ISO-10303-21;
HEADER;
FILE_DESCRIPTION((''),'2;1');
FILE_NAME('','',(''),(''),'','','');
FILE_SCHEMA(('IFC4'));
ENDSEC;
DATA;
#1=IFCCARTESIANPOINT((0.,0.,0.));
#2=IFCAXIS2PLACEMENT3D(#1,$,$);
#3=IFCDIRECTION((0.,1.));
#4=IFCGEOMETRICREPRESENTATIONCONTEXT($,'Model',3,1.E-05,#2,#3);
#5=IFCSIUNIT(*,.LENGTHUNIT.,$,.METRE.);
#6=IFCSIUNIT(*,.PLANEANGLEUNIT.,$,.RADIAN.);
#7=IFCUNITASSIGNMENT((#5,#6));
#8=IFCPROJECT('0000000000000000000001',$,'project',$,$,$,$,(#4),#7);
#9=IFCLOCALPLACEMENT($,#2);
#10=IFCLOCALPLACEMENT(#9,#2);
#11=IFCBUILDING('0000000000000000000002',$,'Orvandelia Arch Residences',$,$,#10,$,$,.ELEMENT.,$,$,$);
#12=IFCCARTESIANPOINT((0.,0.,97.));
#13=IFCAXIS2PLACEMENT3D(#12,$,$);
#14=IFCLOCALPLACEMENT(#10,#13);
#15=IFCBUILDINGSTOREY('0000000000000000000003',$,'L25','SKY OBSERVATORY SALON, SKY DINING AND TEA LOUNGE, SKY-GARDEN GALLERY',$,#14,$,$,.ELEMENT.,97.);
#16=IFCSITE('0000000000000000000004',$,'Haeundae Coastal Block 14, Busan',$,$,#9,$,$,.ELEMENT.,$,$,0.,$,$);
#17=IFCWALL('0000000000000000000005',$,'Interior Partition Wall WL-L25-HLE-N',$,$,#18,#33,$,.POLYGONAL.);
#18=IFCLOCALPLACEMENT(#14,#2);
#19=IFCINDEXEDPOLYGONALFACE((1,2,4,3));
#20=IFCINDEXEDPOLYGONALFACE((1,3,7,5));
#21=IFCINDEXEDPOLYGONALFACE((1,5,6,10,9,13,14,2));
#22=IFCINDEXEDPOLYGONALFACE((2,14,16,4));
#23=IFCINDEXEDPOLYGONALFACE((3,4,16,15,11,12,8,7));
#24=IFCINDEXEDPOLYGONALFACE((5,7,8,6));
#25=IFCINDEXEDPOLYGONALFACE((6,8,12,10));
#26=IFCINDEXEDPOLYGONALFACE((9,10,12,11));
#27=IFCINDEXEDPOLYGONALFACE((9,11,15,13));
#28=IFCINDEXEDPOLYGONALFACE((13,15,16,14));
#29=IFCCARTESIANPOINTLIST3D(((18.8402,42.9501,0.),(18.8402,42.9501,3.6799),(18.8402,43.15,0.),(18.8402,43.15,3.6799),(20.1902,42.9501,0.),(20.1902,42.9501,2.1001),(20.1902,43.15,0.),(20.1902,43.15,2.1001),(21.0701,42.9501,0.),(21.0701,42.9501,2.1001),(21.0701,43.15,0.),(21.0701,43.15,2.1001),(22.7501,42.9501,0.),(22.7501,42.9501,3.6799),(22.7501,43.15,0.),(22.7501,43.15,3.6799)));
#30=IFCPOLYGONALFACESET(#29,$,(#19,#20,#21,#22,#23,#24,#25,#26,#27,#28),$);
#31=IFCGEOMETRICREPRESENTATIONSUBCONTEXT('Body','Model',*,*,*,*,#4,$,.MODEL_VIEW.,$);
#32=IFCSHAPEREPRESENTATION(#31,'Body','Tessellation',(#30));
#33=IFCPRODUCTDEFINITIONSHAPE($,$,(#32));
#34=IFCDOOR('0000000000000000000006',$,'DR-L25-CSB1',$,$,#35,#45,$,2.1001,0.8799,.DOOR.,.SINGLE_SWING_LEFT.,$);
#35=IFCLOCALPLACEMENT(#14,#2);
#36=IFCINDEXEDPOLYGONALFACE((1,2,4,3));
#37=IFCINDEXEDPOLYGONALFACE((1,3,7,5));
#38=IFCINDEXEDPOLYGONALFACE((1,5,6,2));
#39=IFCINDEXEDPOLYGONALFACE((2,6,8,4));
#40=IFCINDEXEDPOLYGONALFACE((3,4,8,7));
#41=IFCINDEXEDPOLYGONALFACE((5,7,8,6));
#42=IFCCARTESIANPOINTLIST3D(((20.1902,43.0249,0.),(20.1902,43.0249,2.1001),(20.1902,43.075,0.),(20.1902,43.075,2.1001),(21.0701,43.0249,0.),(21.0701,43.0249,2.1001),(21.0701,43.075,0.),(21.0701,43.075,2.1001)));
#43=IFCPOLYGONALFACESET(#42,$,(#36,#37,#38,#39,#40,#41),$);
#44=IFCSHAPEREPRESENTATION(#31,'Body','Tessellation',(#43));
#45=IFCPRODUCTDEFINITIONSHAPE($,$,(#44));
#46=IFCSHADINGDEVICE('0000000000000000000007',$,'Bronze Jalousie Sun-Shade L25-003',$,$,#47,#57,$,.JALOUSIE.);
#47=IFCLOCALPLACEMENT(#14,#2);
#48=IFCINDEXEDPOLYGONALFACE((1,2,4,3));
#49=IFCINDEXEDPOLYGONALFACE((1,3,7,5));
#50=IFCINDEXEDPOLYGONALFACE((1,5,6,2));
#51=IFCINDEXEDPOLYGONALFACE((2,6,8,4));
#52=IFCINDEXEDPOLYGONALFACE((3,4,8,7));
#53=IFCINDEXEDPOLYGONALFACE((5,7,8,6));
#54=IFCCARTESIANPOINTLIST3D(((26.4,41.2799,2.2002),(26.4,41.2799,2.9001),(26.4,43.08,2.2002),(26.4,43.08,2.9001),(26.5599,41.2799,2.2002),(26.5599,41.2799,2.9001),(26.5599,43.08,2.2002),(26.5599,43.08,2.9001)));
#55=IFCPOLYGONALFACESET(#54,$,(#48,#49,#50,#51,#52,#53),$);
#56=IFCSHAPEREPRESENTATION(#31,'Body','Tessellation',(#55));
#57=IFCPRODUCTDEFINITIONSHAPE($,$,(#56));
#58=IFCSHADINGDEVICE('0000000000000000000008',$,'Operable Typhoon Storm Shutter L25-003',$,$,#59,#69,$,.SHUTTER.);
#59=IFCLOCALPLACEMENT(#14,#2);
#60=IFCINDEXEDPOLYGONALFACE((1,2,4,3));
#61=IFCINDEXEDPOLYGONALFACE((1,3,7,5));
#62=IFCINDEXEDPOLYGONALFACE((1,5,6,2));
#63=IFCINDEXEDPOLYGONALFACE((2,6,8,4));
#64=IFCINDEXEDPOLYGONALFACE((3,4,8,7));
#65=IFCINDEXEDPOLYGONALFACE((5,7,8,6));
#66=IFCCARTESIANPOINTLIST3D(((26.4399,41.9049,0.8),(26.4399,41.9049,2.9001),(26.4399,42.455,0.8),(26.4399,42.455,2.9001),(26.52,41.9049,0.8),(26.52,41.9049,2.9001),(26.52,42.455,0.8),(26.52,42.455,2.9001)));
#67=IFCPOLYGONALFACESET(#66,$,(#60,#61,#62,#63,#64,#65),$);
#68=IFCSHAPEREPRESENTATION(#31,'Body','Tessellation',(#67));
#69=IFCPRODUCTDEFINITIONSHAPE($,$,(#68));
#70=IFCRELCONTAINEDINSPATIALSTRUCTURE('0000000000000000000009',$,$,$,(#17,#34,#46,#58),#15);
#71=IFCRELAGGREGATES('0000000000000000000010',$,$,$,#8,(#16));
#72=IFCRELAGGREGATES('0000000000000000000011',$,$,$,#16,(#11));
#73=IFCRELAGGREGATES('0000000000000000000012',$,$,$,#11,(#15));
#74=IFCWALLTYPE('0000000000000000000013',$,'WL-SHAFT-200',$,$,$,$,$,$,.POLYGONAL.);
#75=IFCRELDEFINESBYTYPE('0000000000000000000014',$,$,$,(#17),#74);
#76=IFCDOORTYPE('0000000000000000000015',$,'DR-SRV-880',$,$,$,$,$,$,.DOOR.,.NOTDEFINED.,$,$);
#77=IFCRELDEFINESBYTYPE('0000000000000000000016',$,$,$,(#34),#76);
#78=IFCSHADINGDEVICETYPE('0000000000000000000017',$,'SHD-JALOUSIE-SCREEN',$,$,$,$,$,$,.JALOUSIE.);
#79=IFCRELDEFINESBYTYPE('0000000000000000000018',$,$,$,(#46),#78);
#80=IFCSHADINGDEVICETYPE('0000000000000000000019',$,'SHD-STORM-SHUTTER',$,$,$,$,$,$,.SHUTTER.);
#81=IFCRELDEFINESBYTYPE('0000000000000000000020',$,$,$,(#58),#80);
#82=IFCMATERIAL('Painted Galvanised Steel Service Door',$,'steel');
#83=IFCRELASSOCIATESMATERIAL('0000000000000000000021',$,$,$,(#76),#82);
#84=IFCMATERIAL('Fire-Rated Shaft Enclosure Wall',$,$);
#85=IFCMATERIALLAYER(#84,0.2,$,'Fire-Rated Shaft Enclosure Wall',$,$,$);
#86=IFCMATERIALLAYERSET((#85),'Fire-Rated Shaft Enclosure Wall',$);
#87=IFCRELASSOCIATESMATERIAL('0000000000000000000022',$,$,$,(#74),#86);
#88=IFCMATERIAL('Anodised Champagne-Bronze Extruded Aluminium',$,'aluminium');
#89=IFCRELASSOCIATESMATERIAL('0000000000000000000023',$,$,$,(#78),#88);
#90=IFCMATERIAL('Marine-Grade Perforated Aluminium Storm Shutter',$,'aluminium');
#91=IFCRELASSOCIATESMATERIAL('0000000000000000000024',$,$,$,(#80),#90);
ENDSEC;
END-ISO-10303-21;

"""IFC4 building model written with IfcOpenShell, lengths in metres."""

from ifc_helpers import new_model, si_unit, direction, frame, frame_2d, origin, origin_2d, place, context, subcontext, project, spatial, rectangle, extrude, material, layer, layer_set, type_object, element, fill, save


model = new_model("IFC4")

# Units and contexts
model_context = context("Model", 3, precision=1e-05, world=origin(), true_north=direction((0.0, 1.0)))
body_context = subcontext(model_context, "Body", "Model", "MODEL_VIEW")
ifc_project = project(units=[si_unit("LENGTHUNIT", "METRE"), si_unit("PLANEANGLEUNIT", "RADIAN")], contexts=[model_context])

# Site, building, storey
site_placement = place(None, origin())
site = spatial("IfcSite", under=ifc_project, at=site_placement, Name="Haeundae Coastal Block 14, Busan", CompositionType="ELEMENT", RefElevation=0.0)
building_placement = place(site_placement, origin())
building = spatial("IfcBuilding", under=site, at=building_placement, Name="Orvandelia Arch Residences", CompositionType="ELEMENT")
storey_placement = place(building_placement, frame((0.0, 0.0, 97.0)))
storey = spatial("IfcBuildingStorey", under=building, at=storey_placement, Name="L25", Description="SKY OBSERVATORY SALON, SKY DINING AND TEA LOUNGE, SKY-GARDEN GALLERY", CompositionType="ELEMENT", Elevation=97.0)

# Shared definitions
ifc_material_1 = material(Name="Painted Galvanised Steel Service Door", Category="steel")
door_type_1 = type_object("IfcDoorType", Name="DR-SRV-880", OperationType="NOTDEFINED", PredefinedType="DOOR", material=ifc_material_1)

# Wall, opening, door
ifc_material_2 = material(Name="Fire-Rated Shaft Enclosure Wall")
ifc_layer_1 = layer(ifc_material_2, 0.2, Name="Fire-Rated Shaft Enclosure Wall")
ifc_layer_set_1 = layer_set([ifc_layer_1], Name="Fire-Rated Shaft Enclosure Wall")
wall_type_1 = type_object("IfcWallType", Name="WL-SHAFT-200", PredefinedType="POLYGONAL", material=ifc_layer_set_1)
wall_1_placement = place(storey_placement, frame((18.8401, 43.05, 0.0), z_axis=(0.0, 0.0, 1.0), x_axis=(1.0, 0.0, 0.0)))
wall_1 = element("IfcWall", 1, at=wall_1_placement, inside=storey, type_object=wall_type_1, Name="Interior Partition Wall WL-L25-HLE-N", PredefinedType="POLYGONAL", context=body_context, shape_type="SweptSolid", body=[
    extrude(rectangle(XDim=3.9099, YDim=0.2, at=frame_2d((1.9551, 0.0))), origin(), (0.0, 0.0, 1.0), 3.6799),
])
opening_1_placement = place(wall_1_placement, frame((1.3501, 0.0, 0.0)))
opening_1 = element("IfcOpeningElement", 2, at=opening_1_placement, cuts=wall_1, PredefinedType="OPENING", context=body_context, shape_type="SweptSolid", body=[
    extrude(rectangle(XDim=0.8799, YDim=2.1001, at=frame_2d((0.4399, 1.05))), frame((0.0, 0.1099, 0.0), z_axis=(0.0, -1.0, 0.0), x_axis=(1.0, 0.0, 0.0)), (0.0, 0.0, 1.0), 0.22),
])
door_1_placement = place(opening_1_placement, origin())
door_1 = element("IfcDoor", 3, at=door_1_placement, inside=storey, type_object=door_type_1, Name="DR-L25-CSB1", OperationType="SINGLE_SWING_LEFT", OverallHeight=2.1001, OverallWidth=0.8799, PredefinedType="DOOR", context=body_context, shape_type="SweptSolid", body=[
    extrude(rectangle(XDim=0.8799, YDim=2.1001, at=frame_2d((0.4399, 1.05))), frame((0.0, 0.0249, 0.0), z_axis=(0.0, -1.0, 0.0), x_axis=(1.0, 0.0, 0.0)), (0.0, 0.0, 1.0), 0.05),
])
fill(opening_1, door_1)

# Shading devices
ifc_material_3 = material(Name="Anodised Champagne-Bronze Extruded Aluminium", Category="aluminium")
shading_device_type_1 = type_object("IfcShadingDeviceType", Name="SHD-JALOUSIE-SCREEN", PredefinedType="JALOUSIE", material=ifc_material_3)
shading_device_1_placement = place(storey_placement, frame((26.48, 42.1799, 2.2002), z_axis=(0.0, 0.0, 1.0), x_axis=(0.0, -1.0, 0.0)))
element("IfcShadingDevice", 4, at=shading_device_1_placement, inside=storey, type_object=shading_device_type_1, Name="Bronze Jalousie Sun-Shade L25-003", PredefinedType="JALOUSIE", context=body_context, shape_type="SweptSolid", body=[
    extrude(rectangle(XDim=1.8, YDim=0.1599, at=origin_2d()), origin(), (0.0, 0.0, 1.0), 0.7),
])
ifc_material_4 = material(Name="Marine-Grade Perforated Aluminium Storm Shutter", Category="aluminium")
shading_device_type_2 = type_object("IfcShadingDeviceType", Name="SHD-STORM-SHUTTER", PredefinedType="SHUTTER", material=ifc_material_4)
shading_device_2_placement = place(storey_placement, frame((26.48, 42.1799, 0.8), z_axis=(0.0, 0.0, 1.0), x_axis=(0.0, -1.0, 0.0)))
element("IfcShadingDevice", 5, at=shading_device_2_placement, inside=storey, type_object=shading_device_type_2, Name="Operable Typhoon Storm Shutter L25-003", PredefinedType="SHUTTER", context=body_context, shape_type="SweptSolid", body=[
    extrude(rectangle(XDim=0.55, YDim=0.0801, at=origin_2d()), origin(), (0.0, 0.0, 1.0), 2.1001),
])

save(model, "model.ifc")
